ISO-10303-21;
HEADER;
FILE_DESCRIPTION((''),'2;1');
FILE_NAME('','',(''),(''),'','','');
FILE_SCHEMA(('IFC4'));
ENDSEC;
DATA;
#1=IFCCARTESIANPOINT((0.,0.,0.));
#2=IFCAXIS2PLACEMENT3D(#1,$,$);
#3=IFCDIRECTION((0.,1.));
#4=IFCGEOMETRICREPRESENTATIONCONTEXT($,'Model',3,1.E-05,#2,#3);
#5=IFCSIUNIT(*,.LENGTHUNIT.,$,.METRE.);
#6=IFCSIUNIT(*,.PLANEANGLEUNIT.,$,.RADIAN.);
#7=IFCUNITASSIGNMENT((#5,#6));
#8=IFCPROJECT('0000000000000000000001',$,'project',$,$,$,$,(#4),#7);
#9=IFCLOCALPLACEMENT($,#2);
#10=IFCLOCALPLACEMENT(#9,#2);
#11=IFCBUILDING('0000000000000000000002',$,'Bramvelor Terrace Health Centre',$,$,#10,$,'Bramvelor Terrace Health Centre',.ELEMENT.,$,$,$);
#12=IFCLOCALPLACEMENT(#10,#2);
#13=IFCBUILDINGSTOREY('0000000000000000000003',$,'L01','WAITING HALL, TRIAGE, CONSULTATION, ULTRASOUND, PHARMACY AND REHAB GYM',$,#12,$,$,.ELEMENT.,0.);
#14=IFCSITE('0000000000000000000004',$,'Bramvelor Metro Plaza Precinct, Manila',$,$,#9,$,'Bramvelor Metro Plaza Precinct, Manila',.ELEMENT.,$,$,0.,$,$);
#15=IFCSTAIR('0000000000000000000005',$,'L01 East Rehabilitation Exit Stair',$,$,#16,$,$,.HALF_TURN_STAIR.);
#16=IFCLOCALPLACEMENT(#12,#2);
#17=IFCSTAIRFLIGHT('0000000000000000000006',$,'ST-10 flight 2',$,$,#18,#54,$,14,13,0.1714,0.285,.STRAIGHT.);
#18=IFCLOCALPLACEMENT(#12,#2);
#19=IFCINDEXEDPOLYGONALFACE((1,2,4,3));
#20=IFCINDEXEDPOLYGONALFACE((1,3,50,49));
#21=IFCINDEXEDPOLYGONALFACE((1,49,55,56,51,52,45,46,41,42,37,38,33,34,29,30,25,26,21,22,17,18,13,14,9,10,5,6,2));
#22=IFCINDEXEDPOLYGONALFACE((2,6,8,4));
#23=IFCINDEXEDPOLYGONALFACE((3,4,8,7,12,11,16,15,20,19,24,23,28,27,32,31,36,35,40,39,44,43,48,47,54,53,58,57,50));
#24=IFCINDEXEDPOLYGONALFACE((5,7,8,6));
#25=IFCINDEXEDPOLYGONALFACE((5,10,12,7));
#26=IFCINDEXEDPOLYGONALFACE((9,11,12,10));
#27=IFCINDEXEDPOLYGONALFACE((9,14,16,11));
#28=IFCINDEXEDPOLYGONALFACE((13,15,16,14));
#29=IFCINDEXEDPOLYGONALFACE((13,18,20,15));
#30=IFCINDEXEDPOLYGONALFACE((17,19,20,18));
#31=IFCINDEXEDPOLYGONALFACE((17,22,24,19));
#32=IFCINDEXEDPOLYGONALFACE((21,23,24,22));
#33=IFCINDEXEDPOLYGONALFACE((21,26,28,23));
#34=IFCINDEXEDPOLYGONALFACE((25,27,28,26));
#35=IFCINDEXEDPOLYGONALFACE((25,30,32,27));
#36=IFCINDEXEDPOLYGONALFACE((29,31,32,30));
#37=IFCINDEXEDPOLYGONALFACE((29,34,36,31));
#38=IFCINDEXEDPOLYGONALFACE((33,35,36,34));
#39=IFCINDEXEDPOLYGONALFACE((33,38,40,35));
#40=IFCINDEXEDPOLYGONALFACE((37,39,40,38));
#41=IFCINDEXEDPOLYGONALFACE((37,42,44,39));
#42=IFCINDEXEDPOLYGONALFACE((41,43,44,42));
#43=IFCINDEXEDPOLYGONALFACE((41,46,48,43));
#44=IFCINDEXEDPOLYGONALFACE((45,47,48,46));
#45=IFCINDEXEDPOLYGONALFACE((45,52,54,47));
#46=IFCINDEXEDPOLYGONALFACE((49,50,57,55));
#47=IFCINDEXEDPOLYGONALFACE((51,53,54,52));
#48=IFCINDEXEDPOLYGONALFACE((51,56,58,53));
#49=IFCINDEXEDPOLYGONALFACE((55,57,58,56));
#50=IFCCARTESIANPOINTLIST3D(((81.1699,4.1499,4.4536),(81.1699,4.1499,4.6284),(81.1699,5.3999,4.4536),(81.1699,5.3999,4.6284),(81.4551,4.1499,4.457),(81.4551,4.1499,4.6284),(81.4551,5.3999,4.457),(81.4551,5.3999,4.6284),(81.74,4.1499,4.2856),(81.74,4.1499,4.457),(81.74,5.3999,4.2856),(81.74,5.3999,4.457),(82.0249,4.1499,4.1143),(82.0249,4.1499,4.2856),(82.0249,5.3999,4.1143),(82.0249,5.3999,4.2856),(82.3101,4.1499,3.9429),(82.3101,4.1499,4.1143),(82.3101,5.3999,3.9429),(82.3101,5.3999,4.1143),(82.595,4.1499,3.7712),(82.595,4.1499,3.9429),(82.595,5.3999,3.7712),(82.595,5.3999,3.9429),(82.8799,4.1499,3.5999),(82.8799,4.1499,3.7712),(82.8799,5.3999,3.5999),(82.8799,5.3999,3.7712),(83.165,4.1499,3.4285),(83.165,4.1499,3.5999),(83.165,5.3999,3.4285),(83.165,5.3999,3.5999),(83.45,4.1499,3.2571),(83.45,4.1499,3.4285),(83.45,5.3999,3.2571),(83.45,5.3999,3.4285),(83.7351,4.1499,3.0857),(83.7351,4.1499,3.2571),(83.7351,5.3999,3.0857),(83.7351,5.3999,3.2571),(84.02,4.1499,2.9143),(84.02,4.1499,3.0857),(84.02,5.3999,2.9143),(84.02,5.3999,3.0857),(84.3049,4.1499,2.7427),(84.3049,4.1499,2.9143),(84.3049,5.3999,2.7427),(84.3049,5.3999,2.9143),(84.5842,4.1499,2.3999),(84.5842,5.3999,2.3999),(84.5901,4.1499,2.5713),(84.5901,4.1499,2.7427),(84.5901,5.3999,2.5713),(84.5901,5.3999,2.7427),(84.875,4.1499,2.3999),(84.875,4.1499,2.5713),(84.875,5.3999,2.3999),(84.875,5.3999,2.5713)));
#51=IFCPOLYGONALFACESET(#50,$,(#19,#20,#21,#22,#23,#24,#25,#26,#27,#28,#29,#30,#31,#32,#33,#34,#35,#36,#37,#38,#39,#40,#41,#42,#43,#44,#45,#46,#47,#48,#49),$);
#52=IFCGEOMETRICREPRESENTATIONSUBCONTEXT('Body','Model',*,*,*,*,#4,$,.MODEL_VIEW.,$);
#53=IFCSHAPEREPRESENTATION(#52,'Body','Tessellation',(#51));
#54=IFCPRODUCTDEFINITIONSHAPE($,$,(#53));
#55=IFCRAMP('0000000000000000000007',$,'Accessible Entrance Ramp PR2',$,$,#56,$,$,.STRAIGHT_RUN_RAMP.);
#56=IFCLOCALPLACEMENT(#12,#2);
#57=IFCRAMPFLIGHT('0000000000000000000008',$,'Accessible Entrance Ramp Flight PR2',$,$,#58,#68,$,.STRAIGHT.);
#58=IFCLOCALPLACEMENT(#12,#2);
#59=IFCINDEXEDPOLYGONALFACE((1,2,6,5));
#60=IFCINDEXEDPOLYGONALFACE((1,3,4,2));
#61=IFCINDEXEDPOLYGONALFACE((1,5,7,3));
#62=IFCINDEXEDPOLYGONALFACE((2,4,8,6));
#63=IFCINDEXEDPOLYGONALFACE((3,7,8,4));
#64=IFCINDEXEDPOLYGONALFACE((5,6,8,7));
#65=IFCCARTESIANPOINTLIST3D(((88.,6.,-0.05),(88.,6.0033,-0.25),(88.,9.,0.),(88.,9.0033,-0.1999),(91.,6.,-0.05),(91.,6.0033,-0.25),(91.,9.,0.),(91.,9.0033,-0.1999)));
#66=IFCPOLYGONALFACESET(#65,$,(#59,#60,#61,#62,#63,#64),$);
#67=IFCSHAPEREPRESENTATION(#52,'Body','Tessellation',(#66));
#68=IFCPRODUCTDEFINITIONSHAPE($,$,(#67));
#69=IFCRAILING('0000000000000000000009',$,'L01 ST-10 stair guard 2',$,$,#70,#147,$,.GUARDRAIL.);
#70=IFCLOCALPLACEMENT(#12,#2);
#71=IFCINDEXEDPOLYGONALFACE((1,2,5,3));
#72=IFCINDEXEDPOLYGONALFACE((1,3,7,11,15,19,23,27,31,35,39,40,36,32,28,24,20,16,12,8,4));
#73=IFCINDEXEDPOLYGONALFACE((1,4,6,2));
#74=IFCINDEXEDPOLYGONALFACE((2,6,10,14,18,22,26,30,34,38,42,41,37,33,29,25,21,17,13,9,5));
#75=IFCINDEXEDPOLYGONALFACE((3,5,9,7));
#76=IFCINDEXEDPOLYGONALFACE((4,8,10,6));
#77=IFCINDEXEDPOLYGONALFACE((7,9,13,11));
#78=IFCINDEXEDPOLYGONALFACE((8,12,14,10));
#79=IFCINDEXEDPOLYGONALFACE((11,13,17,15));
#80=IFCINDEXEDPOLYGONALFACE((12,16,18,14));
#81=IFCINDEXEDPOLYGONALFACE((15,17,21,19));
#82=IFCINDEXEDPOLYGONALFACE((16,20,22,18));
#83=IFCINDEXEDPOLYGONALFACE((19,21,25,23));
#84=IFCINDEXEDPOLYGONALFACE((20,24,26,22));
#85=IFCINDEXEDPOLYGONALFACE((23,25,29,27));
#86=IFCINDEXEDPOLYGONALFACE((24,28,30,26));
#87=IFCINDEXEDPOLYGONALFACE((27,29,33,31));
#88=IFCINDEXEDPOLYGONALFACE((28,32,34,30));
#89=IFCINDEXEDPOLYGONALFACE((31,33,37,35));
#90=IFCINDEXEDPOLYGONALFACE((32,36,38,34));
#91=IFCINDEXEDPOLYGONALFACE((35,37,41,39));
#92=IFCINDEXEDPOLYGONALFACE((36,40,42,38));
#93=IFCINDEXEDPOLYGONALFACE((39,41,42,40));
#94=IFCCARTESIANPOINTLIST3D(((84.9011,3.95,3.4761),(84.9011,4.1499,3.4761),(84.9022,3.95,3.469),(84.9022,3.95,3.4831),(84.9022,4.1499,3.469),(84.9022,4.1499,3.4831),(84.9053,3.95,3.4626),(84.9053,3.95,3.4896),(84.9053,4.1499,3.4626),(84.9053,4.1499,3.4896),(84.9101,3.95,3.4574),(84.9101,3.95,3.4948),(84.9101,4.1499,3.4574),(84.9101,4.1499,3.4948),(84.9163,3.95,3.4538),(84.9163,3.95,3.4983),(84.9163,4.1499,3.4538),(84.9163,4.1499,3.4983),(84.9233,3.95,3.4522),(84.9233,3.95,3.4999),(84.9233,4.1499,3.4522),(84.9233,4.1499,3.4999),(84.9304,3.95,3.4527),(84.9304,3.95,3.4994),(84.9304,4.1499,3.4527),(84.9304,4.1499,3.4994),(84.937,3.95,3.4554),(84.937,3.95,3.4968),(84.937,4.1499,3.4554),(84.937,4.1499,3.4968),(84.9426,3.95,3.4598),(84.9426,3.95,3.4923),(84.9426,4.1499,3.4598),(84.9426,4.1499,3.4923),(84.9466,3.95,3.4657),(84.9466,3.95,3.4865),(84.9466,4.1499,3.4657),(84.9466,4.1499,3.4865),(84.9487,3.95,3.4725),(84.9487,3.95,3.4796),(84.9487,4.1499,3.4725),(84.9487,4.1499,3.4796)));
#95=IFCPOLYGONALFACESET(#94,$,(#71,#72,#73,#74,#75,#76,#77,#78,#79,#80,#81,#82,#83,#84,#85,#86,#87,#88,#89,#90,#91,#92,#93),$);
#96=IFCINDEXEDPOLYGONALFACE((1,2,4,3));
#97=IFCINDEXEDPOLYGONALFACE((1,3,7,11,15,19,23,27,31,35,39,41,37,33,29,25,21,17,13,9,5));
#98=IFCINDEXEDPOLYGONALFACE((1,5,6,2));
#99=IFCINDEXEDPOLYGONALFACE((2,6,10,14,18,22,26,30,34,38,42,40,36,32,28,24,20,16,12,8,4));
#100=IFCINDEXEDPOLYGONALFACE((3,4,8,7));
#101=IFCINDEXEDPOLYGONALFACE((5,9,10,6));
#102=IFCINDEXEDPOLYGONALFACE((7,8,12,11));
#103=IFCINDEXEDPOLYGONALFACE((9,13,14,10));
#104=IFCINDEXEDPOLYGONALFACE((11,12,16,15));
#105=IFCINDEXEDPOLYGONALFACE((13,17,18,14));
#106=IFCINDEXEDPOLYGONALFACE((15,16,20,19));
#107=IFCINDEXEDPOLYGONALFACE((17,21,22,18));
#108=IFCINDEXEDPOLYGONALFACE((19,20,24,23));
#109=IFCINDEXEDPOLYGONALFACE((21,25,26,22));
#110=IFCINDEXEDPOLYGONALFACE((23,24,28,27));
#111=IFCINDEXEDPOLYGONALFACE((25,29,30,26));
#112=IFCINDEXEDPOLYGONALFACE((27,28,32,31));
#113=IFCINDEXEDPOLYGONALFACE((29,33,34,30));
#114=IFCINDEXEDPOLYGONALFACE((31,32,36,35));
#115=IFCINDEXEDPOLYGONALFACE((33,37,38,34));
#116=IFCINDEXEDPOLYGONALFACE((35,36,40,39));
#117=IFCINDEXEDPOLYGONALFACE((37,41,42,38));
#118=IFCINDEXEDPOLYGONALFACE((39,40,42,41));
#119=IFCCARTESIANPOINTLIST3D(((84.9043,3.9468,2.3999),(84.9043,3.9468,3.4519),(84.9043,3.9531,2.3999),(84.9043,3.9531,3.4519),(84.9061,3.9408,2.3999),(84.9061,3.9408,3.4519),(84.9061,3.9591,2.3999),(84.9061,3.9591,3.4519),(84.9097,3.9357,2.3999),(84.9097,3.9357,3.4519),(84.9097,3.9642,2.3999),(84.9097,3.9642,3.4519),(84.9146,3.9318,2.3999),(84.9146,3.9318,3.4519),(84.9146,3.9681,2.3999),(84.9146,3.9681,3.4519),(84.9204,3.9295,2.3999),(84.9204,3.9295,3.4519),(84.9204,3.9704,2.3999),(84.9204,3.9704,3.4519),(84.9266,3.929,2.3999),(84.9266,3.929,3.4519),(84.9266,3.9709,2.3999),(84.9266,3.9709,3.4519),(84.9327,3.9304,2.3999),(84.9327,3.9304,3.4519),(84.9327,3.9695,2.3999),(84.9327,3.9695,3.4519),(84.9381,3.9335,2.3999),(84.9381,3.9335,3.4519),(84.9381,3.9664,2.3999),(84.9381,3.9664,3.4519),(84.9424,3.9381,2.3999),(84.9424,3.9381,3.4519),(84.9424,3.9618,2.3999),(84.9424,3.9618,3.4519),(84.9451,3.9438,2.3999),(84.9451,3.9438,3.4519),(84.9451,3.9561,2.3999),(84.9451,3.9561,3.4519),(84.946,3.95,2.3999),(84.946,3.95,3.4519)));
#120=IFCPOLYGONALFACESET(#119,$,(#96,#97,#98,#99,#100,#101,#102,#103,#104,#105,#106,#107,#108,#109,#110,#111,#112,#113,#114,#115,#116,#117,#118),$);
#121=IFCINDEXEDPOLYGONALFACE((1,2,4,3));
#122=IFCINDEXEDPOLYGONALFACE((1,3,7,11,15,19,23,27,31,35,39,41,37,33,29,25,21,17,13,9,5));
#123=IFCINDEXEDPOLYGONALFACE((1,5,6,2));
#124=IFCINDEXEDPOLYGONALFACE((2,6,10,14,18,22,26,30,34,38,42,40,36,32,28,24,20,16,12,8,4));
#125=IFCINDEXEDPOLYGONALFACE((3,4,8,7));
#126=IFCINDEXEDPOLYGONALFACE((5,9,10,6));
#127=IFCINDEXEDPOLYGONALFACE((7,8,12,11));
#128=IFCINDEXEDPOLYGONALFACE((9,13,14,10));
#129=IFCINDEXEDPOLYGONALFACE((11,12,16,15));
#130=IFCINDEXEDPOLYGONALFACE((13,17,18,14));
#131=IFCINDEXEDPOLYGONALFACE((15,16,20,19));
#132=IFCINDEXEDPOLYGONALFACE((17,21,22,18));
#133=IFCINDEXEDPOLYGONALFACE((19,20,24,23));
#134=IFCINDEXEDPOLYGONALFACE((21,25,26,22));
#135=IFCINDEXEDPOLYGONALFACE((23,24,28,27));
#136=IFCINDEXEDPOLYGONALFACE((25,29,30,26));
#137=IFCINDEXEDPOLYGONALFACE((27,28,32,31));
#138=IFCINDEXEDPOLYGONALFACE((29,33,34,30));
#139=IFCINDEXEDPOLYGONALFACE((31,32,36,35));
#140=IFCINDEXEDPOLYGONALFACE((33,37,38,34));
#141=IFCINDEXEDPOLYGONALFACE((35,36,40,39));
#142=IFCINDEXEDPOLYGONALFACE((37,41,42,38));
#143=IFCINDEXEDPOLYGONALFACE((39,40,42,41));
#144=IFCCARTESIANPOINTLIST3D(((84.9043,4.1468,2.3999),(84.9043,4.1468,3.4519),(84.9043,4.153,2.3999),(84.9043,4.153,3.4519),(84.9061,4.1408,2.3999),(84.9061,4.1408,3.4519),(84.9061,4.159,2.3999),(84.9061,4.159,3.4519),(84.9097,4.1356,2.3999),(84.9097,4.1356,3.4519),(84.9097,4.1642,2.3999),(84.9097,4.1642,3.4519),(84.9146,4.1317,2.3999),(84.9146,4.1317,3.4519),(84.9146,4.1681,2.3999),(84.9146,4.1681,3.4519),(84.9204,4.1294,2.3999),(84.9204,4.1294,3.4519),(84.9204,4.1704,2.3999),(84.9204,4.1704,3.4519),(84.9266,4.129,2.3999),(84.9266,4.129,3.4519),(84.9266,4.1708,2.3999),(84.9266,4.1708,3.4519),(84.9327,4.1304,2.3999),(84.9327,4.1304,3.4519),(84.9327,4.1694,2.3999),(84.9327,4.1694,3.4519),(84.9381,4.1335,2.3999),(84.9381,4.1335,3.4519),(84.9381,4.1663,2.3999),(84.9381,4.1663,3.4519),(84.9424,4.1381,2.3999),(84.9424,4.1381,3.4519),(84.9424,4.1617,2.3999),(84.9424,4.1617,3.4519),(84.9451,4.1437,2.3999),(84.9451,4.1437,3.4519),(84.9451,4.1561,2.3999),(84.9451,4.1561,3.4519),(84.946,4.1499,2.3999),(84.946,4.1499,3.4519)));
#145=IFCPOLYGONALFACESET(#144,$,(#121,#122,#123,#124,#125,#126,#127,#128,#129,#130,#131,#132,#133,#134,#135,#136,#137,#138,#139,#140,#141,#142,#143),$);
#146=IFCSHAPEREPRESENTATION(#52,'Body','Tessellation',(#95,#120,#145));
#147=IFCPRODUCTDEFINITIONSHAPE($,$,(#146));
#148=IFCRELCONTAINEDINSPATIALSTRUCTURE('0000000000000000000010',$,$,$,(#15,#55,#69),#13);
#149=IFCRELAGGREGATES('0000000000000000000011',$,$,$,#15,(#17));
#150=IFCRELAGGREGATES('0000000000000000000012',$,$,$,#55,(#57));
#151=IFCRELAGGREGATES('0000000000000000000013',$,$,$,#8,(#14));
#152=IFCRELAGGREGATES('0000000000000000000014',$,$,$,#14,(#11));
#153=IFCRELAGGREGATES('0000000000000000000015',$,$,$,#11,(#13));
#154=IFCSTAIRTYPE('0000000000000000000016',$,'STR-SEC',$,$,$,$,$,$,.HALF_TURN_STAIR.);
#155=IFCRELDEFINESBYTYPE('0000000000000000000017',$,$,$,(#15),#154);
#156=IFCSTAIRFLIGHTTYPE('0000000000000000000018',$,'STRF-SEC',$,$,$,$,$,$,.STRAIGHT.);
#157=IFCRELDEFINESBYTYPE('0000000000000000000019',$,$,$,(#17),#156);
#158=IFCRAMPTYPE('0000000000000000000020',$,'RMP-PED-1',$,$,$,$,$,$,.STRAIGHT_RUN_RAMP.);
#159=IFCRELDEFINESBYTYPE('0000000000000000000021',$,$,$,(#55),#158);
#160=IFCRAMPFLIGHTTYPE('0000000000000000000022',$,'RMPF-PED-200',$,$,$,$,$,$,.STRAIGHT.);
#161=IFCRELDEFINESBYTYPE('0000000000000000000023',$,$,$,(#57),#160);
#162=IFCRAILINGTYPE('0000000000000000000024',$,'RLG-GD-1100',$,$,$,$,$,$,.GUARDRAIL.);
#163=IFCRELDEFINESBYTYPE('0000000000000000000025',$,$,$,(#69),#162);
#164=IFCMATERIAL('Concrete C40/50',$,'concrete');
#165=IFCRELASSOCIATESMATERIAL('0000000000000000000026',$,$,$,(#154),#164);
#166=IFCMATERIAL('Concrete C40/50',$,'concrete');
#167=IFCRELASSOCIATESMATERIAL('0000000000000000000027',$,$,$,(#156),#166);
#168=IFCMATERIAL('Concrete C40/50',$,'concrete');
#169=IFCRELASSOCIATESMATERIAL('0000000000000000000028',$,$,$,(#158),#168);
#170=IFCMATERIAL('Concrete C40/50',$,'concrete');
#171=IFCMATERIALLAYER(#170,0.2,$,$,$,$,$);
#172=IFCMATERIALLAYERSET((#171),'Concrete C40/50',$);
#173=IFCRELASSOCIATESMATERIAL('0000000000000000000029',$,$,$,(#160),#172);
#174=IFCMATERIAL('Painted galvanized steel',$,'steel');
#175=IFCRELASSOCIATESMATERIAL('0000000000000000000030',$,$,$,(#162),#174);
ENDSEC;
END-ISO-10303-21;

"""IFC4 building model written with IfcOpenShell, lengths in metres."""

from ifc_helpers import new_model, si_unit, direction, frame, origin, origin_2d, place, context, subcontext, project, spatial, polyline, circle, outline, extrude, material, layer, layer_set, type_object, element, aggregate, save


model = new_model("IFC4")

# Units and contexts
model_context = context("Model", 3, precision=1e-05, world=origin(), true_north=direction((0.0, 1.0)))
body_context = subcontext(model_context, "Body", "Model", "MODEL_VIEW")
ifc_project = project(units=[si_unit("LENGTHUNIT", "METRE"), si_unit("PLANEANGLEUNIT", "RADIAN")], contexts=[model_context])

# Site, building, storey
site_placement = place(None, origin())
site = spatial("IfcSite", under=ifc_project, at=site_placement, Name="Bramvelor Metro Plaza Precinct, Manila", LongName="Bramvelor Metro Plaza Precinct, Manila", CompositionType="ELEMENT", RefElevation=0.0)
building_placement = place(site_placement, origin())
building = spatial("IfcBuilding", under=site, at=building_placement, Name="Bramvelor Terrace Health Centre", LongName="Bramvelor Terrace Health Centre", CompositionType="ELEMENT")
storey_placement = place(building_placement, origin())
storey = spatial("IfcBuildingStorey", under=building, at=storey_placement, Name="L01", Description="WAITING HALL, TRIAGE, CONSULTATION, ULTRASOUND, PHARMACY AND REHAB GYM", CompositionType="ELEMENT", Elevation=0.0)

# Stair, stair flight
ifc_material_1 = material(Name="Concrete C40/50", Category="concrete")
stair_type = type_object("IfcStairType", Name="STR-SEC", PredefinedType="HALF_TURN_STAIR", material=ifc_material_1)
stair_placement = place(storey_placement, origin())
stair = element("IfcStair", 1, at=stair_placement, inside=storey, type_object=stair_type, Name="L01 East Rehabilitation Exit Stair", PredefinedType="HALF_TURN_STAIR")
ifc_material_2 = material(Name="Concrete C40/50", Category="concrete")
stair_flight_type = type_object("IfcStairFlightType", Name="STRF-SEC", PredefinedType="STRAIGHT", material=ifc_material_2)
stair_flight_placement = place(storey_placement, frame((84.875, 4.7749, 2.3999), z_axis=(0.0, 0.0, 1.0), x_axis=(-1.0, 0.0, 0.0)))
stair_flight = element("IfcStairFlight", 2, at=stair_flight_placement, type_object=stair_flight_type, Name="ST-10 flight 2", NumberOfRisers=14, NumberOfTreads=13, PredefinedType="STRAIGHT", RiserHeight=0.1714, TreadLength=0.285, context=body_context, shape_type="SweptSolid", body=[
    extrude(outline(polyline([(0.0, 0.0), (0.0, 0.1714), (0.2849, 0.1714), (0.2849, 0.3428), (0.5701, 0.3428), (0.5701, 0.5144), (0.855, 0.5144), (0.855, 0.6858), (1.1399, 0.6858), (1.1399, 0.8572), (1.425, 0.8572), (1.425, 1.0286), (1.71, 1.0286), (1.71, 1.2), (1.9951, 1.2), (1.9951, 1.3713), (2.28, 1.3713), (2.28, 1.543), (2.5649, 1.543), (2.5649, 1.7144), (2.8501, 1.7144), (2.8501, 1.8857), (3.135, 1.8857), (3.135, 2.0571), (3.4199, 2.0571), (3.4199, 2.2285), (3.7051, 2.2285), (3.7051, 2.3999), (3.7051, 2.0537), (0.2908, 0.0), (0.0, 0.0)])), frame((0.0, 0.625, 0.0), z_axis=(0.0, -1.0, 0.0), x_axis=(1.0, 0.0, 0.0)), (0.0, 0.0, 1.0), 1.25),
])
aggregate(stair, [stair_flight])

# Ramp, ramp flight
ifc_material_3 = material(Name="Concrete C40/50", Category="concrete")
ramp_type = type_object("IfcRampType", Name="RMP-PED-1", PredefinedType="STRAIGHT_RUN_RAMP", material=ifc_material_3)
ramp_placement = place(storey_placement, origin())
ramp = element("IfcRamp", 3, at=ramp_placement, inside=storey, type_object=ramp_type, Name="Accessible Entrance Ramp PR2", PredefinedType="STRAIGHT_RUN_RAMP")
ifc_material_4 = material(Name="Concrete C40/50", Category="concrete")
ifc_layer_1 = layer(ifc_material_4, 0.2)
ifc_layer_set_1 = layer_set([ifc_layer_1], Name="Concrete C40/50")
ramp_flight_type = type_object("IfcRampFlightType", Name="RMPF-PED-200", PredefinedType="STRAIGHT", material=ifc_layer_set_1)
ramp_flight_placement = place(storey_placement, frame((88.0, 6.0, -0.05), z_axis=(0.0, -0.016681, 0.999861), x_axis=(1.0, 0.0, 0.0)))
ramp_flight = element("IfcRampFlight", 4, at=ramp_flight_placement, type_object=ramp_flight_type, Name="Accessible Entrance Ramp Flight PR2", PredefinedType="STRAIGHT", context=body_context, shape_type="SweptSolid", body=[
    extrude(outline(polyline([(0.0, 0.0), (3.0, 0.0), (3.0, 3.0004), (0.0, 3.0004), (0.0, 0.0)])), origin(), (0.0, 0.0, -1.0), 0.2),
])
aggregate(ramp, [ramp_flight])

# Railing
ifc_material_5 = material(Name="Painted galvanized steel", Category="steel")
railing_type_1 = type_object("IfcRailingType", Name="RLG-GD-1100", PredefinedType="GUARDRAIL", material=ifc_material_5)
railing_1_placement = place(storey_placement, frame((84.925, 3.95, 2.3999)))
element("IfcRailing", 5, at=railing_1_placement, inside=storey, type_object=railing_type_1, Name="L01 ST-10 stair guard 2", PredefinedType="GUARDRAIL", context=body_context, shape_type="SweptSolid", body=[
    extrude(circle(Radius=0.0239, at=origin_2d()), frame((0.0, 0.0, 1.0762), z_axis=(0.0, 1.0, 0.0), x_axis=(-1.0, 0.0, 0.0)), (0.0, 0.0, 1.0), 0.2),
    extrude(circle(Radius=0.021, at=origin_2d()), origin(), (0.0, 0.0, 1.0), 1.052),
    extrude(circle(Radius=0.021, at=origin_2d()), frame((0.0, 0.2, 0.0)), (0.0, 0.0, 1.0), 1.052),
])

save(model, "model.ifc")
